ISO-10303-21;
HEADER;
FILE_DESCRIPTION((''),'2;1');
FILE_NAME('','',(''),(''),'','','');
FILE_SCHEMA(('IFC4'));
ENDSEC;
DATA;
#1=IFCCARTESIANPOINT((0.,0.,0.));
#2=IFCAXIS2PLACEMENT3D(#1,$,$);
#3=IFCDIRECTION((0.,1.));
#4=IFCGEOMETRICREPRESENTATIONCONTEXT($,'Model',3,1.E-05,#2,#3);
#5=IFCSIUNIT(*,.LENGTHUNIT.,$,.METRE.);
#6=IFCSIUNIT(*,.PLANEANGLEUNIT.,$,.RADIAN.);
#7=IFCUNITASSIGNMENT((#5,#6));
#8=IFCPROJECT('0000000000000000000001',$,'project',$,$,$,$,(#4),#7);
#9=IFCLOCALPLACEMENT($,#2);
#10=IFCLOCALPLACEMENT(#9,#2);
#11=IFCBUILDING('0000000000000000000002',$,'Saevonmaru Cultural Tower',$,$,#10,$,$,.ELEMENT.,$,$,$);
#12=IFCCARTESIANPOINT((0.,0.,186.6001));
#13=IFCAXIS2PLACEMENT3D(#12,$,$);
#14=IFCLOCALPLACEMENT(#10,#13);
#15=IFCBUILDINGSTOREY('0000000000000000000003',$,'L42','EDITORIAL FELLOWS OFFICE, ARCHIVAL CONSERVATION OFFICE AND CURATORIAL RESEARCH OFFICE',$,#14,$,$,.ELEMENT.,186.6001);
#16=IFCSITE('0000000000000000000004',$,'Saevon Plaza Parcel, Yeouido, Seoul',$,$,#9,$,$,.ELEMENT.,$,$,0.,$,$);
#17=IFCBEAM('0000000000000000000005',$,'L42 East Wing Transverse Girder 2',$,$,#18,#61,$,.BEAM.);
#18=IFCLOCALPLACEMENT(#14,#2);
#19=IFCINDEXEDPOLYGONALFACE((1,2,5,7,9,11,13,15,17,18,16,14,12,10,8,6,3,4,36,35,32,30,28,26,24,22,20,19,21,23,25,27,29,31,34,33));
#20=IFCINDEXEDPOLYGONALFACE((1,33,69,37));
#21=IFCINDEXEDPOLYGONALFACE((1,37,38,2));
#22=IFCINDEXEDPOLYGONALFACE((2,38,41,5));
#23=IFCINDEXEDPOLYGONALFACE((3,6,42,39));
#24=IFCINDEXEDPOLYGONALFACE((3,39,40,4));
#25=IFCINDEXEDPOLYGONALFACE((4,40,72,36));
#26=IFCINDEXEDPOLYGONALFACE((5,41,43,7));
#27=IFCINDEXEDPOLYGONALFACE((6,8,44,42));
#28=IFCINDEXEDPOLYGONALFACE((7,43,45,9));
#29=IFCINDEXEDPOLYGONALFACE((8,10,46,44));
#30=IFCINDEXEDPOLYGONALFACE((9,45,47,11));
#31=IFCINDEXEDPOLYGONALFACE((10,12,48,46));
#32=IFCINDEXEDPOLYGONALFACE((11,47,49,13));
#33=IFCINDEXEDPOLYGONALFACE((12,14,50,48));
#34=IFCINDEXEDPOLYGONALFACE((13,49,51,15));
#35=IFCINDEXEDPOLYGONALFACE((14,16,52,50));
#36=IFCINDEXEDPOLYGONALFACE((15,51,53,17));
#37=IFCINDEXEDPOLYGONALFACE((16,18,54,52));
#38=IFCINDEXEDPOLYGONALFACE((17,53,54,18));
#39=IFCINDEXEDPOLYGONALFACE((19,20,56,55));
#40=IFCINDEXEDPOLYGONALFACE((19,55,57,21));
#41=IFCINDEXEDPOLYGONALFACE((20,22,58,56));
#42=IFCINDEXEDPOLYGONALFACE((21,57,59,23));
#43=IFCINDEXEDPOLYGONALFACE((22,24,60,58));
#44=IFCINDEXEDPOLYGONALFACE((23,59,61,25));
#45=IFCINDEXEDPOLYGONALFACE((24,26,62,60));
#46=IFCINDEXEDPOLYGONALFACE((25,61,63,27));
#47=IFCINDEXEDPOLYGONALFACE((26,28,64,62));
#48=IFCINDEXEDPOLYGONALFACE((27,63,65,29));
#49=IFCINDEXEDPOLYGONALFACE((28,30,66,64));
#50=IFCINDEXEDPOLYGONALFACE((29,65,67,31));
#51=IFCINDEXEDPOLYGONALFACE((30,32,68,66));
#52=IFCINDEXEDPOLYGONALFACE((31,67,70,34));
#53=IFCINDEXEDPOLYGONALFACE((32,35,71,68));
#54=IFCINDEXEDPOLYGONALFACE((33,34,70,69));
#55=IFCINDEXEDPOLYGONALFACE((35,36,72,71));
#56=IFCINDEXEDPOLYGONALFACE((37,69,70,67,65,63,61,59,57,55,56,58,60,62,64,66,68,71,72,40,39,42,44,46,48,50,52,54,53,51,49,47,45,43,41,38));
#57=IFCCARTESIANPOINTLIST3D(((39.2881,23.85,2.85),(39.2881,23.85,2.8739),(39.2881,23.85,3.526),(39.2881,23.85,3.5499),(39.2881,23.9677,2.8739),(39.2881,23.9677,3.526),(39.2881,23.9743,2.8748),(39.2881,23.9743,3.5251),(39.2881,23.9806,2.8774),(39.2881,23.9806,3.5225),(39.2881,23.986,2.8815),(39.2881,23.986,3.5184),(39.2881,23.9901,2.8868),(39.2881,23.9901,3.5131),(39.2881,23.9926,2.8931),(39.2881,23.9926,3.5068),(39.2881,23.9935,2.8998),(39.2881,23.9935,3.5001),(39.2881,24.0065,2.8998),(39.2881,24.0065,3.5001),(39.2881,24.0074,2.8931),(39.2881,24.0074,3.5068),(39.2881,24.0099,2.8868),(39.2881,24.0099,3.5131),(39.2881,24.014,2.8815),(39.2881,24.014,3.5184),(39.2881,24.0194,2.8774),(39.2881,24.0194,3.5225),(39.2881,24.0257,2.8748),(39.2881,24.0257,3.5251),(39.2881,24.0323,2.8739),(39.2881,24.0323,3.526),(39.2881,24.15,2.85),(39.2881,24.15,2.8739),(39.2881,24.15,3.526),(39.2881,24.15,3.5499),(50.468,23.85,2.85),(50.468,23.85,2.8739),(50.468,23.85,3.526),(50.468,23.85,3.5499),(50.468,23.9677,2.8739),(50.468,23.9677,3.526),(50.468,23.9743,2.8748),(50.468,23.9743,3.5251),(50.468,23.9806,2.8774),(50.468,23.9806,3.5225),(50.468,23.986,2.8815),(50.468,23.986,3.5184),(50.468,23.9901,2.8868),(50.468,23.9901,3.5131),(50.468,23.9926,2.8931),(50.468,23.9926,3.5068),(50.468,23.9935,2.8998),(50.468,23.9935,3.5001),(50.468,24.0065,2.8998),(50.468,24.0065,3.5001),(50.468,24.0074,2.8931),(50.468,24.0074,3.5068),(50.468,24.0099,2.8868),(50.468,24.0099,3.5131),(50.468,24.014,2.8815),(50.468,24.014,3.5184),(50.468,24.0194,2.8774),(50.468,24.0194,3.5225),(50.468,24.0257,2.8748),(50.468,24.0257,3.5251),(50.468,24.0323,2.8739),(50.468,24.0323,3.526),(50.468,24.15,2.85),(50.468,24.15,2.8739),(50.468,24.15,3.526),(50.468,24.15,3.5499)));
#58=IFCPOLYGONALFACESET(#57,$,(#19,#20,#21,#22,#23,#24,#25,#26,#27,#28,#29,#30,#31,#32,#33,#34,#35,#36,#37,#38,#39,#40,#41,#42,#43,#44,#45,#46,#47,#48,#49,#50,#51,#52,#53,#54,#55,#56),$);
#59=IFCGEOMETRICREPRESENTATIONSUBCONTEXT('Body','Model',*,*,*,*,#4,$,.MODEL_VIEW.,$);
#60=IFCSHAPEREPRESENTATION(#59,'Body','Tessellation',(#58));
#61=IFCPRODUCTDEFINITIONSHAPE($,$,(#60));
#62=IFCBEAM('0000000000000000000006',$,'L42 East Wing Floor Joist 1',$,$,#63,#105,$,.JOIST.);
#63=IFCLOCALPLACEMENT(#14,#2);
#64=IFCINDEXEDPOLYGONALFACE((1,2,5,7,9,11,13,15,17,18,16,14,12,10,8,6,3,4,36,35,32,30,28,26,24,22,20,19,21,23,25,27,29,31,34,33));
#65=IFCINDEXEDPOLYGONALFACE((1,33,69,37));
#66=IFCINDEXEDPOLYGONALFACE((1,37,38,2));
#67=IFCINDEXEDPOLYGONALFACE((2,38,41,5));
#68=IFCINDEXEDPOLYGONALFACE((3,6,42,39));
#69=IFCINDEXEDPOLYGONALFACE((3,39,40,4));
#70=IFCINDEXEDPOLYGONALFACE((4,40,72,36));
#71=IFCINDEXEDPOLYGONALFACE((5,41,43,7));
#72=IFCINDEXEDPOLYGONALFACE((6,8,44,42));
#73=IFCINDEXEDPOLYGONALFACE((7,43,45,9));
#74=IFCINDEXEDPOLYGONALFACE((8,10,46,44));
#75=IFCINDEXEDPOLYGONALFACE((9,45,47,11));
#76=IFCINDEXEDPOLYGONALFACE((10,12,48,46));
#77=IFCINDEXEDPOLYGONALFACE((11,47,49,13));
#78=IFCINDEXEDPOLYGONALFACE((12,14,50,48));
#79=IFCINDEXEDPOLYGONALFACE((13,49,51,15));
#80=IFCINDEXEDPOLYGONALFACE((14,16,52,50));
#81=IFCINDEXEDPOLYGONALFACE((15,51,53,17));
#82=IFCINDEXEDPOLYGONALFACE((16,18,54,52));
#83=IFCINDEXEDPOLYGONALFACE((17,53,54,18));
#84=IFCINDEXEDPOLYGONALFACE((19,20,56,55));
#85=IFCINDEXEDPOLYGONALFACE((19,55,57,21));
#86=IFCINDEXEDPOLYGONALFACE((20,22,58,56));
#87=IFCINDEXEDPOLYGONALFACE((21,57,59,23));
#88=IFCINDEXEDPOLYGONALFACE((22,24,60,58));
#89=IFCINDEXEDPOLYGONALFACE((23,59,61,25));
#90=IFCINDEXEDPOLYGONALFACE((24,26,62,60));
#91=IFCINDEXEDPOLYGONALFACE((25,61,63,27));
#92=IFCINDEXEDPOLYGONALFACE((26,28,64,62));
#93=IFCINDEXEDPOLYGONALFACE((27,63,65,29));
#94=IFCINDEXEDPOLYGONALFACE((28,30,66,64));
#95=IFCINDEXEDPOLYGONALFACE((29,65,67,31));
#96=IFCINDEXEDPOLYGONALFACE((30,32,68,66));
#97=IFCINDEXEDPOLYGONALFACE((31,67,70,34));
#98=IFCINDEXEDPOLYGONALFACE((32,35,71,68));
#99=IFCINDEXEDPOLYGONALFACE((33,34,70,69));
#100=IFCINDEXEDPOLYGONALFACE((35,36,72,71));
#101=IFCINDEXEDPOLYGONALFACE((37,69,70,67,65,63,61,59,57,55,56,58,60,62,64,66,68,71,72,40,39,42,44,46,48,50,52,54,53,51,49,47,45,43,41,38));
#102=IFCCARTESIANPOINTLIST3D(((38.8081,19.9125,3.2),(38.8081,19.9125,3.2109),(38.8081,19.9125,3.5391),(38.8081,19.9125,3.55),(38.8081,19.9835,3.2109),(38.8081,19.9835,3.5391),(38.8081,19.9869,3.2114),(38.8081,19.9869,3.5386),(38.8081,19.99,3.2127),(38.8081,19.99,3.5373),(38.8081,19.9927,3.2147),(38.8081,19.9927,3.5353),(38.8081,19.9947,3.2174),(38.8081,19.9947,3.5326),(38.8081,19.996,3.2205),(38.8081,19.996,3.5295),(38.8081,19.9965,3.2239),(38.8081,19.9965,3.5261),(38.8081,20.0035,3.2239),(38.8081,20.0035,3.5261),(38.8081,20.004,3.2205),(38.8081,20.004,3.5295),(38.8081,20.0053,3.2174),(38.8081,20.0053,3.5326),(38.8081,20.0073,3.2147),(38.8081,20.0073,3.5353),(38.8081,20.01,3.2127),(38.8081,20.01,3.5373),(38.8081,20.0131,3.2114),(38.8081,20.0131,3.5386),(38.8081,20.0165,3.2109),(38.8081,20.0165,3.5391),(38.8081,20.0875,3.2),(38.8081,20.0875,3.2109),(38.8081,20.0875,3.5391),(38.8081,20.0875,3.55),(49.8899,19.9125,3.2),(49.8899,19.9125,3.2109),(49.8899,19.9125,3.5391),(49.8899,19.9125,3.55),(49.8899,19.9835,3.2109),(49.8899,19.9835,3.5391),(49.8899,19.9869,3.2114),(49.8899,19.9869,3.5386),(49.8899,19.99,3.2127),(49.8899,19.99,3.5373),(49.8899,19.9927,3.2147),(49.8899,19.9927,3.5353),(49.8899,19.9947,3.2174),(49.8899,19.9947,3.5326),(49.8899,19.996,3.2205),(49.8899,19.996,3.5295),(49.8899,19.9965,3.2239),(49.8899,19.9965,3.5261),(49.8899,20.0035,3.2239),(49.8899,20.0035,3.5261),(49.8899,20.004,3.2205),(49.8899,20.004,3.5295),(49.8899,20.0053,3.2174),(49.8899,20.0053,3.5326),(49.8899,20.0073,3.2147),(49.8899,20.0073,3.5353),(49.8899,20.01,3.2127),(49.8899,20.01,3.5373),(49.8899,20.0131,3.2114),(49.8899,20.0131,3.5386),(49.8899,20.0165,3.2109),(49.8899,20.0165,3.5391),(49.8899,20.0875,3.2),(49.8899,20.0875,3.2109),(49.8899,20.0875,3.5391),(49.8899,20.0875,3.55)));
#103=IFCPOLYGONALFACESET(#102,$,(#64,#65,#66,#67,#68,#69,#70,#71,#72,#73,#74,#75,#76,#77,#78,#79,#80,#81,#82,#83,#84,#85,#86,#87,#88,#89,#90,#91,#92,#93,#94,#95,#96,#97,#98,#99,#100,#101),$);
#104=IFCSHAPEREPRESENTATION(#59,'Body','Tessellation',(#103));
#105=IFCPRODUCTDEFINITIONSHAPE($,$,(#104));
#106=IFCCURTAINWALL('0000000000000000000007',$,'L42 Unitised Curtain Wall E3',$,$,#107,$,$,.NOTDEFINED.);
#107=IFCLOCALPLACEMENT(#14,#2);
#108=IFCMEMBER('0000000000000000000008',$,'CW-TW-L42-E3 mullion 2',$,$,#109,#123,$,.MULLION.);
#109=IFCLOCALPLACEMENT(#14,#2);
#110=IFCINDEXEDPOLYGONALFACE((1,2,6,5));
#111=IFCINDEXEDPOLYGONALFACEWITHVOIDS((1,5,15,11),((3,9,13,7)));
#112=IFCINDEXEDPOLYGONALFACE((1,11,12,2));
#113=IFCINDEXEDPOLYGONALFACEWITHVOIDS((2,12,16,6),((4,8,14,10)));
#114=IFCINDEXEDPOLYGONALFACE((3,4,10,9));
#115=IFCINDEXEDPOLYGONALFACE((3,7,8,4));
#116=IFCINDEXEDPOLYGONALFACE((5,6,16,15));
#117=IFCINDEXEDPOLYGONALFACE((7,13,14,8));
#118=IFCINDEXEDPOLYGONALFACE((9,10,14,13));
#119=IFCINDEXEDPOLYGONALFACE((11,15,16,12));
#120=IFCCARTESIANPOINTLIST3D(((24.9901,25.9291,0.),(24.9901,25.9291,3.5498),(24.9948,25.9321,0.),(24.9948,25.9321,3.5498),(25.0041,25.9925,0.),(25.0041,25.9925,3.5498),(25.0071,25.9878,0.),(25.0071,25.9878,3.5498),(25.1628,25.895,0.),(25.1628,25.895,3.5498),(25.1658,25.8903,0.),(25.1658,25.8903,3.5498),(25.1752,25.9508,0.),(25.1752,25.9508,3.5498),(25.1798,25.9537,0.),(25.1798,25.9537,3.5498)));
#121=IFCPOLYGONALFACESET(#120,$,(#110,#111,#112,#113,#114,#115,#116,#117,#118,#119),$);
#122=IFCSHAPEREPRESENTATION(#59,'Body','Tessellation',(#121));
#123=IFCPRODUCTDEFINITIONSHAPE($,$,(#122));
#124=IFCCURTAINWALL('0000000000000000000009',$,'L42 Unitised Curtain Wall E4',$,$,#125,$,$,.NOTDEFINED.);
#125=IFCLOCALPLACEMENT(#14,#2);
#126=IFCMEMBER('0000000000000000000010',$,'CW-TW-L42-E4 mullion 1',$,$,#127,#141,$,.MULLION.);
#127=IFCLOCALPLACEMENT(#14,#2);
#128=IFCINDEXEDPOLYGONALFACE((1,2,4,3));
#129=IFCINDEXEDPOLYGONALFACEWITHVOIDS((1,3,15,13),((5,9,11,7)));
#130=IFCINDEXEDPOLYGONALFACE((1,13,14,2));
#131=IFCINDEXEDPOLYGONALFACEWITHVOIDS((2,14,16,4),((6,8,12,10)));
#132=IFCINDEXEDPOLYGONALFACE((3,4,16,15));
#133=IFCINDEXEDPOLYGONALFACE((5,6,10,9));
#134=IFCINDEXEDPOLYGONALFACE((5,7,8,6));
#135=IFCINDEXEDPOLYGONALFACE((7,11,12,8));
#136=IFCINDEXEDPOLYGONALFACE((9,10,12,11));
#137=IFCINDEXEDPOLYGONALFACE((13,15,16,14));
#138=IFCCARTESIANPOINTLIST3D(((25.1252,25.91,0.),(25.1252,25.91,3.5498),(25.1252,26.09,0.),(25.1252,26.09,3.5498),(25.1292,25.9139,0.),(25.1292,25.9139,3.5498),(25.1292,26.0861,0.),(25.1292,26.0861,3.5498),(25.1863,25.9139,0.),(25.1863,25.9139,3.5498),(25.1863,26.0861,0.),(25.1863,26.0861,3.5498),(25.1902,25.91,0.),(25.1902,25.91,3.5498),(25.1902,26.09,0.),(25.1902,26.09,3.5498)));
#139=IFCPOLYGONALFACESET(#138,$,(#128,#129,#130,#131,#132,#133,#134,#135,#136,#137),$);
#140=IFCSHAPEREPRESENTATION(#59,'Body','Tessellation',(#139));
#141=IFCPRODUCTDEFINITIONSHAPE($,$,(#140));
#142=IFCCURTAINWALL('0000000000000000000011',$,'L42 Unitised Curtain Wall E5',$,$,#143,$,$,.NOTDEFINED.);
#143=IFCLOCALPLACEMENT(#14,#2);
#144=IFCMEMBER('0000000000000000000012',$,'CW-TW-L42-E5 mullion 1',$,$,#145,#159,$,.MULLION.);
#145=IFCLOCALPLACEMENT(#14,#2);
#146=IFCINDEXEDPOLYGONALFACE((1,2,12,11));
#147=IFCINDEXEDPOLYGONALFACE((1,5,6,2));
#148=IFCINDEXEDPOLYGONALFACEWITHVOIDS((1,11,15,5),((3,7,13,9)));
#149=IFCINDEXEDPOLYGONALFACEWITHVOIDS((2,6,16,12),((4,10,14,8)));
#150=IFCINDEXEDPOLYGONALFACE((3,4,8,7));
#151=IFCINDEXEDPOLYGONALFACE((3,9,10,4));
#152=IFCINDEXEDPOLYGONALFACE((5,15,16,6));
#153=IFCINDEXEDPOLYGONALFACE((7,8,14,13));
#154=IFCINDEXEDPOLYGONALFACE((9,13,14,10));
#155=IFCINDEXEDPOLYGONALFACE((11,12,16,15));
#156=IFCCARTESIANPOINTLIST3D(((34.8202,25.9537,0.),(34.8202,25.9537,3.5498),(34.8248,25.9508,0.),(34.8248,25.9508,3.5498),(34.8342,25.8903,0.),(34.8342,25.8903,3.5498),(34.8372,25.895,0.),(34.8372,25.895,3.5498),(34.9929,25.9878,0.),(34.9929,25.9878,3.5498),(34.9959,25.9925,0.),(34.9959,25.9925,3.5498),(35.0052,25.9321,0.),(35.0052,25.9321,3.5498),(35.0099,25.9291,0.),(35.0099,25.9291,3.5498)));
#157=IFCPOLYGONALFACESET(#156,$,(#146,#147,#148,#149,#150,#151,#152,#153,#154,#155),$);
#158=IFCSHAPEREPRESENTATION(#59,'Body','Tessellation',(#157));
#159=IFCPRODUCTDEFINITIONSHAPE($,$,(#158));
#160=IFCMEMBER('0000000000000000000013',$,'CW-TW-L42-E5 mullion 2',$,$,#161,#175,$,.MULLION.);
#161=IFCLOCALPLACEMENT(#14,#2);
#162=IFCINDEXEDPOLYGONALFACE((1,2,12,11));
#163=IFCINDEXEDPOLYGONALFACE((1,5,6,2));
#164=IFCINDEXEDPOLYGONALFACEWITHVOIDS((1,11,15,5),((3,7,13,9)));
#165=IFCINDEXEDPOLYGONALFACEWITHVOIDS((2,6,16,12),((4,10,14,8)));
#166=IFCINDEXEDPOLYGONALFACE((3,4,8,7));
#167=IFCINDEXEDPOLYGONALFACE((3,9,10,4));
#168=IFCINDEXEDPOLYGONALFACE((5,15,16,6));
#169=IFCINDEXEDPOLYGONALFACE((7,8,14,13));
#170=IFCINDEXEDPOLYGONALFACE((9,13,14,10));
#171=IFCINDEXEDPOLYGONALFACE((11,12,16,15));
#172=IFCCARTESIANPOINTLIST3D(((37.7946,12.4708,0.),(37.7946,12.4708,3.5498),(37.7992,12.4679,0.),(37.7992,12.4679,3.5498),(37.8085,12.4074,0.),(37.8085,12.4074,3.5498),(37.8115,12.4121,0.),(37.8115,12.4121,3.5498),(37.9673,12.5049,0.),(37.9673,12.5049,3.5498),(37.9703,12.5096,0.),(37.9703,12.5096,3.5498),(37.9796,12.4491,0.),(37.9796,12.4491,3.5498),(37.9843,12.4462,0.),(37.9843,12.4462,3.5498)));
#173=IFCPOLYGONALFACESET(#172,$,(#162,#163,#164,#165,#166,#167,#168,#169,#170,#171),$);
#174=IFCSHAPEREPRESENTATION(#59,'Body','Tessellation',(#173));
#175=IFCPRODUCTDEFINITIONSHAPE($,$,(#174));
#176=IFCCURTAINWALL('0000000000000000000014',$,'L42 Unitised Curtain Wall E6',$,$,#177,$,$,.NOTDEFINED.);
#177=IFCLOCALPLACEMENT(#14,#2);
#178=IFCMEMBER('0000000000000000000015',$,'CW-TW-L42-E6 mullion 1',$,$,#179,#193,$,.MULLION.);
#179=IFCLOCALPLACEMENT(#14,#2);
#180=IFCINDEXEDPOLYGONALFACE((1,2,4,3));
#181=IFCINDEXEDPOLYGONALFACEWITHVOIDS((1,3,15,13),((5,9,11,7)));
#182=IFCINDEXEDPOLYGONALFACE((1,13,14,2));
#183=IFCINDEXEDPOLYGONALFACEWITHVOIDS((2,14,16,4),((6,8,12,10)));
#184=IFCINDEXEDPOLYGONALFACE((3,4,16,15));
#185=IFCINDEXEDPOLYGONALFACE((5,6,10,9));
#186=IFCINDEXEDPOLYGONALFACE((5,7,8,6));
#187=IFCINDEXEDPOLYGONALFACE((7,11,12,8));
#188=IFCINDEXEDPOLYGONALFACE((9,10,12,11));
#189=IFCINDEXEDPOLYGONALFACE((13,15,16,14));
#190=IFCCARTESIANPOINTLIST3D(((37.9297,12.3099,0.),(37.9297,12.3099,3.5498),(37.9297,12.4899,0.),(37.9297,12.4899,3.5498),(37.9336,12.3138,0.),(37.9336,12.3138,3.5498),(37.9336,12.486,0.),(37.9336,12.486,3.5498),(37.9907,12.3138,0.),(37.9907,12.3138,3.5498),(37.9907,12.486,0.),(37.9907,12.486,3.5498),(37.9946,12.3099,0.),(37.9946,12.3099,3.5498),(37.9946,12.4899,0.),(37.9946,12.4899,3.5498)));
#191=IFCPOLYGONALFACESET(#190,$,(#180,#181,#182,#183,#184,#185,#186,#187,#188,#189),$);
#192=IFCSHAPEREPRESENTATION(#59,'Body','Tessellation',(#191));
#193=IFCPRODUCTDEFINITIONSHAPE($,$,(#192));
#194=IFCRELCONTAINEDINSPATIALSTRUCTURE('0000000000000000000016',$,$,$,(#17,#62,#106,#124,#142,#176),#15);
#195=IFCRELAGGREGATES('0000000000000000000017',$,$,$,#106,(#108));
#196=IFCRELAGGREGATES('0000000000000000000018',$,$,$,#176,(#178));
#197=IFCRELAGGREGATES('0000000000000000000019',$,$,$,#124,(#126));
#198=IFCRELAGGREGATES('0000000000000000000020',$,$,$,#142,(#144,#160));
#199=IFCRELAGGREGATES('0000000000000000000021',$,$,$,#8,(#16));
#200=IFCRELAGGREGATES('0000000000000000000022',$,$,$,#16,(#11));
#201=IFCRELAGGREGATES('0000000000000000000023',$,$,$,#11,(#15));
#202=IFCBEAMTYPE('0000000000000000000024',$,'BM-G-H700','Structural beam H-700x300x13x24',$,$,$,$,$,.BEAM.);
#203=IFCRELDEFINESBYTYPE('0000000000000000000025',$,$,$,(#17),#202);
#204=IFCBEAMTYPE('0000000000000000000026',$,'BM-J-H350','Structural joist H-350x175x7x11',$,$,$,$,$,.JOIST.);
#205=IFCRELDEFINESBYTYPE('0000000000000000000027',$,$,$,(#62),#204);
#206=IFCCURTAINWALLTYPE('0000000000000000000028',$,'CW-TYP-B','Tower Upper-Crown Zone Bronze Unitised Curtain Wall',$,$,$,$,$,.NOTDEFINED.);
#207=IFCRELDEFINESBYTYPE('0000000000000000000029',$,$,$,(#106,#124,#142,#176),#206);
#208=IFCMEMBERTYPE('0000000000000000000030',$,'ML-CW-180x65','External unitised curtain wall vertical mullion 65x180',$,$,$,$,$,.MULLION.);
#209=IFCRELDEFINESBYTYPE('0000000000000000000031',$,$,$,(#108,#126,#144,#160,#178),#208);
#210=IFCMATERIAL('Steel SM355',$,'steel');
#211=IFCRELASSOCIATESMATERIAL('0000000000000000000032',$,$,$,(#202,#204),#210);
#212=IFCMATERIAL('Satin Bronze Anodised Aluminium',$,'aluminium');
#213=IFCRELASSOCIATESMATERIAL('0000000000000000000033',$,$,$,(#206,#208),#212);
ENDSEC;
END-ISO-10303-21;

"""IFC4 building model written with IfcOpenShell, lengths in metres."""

from ifc_helpers import new_model, si_unit, direction, frame, origin, origin_2d, place, context, subcontext, project, spatial, hollow_rectangle, i_section, extrude, material, material_profile, profile_set, type_object, element, aggregate, save


model = new_model("IFC4")

# Units and contexts
model_context = context("Model", 3, precision=1e-05, world=origin(), true_north=direction((0.0, 1.0)))
body_context = subcontext(model_context, "Body", "Model", "MODEL_VIEW")
ifc_project = project(units=[si_unit("LENGTHUNIT", "METRE"), si_unit("PLANEANGLEUNIT", "RADIAN")], contexts=[model_context])

# Site, building, storey
site_placement = place(None, origin())
site = spatial("IfcSite", under=ifc_project, at=site_placement, Name="Saevon Plaza Parcel, Yeouido, Seoul", CompositionType="ELEMENT", RefElevation=0.0)
building_placement = place(site_placement, origin())
building = spatial("IfcBuilding", under=site, at=building_placement, Name="Saevonmaru Cultural Tower", CompositionType="ELEMENT")
storey_placement = place(building_placement, frame((0.0, 0.0, 186.6001)))
storey = spatial("IfcBuildingStorey", under=building, at=storey_placement, Name="L42", Description="EDITORIAL FELLOWS OFFICE, ARCHIVAL CONSERVATION OFFICE AND CURATORIAL RESEARCH OFFICE", CompositionType="ELEMENT", Elevation=186.6001)

# Shared definitions
ifc_material_1 = material(Name="Steel SM355", Category="steel")

# Beams
ifc_material_profile_1 = material_profile(ifc_material_1, i_section(OverallWidth=0.3, OverallDepth=0.7, WebThickness=0.0129, FlangeThickness=0.0239, FilletRadius=0.0259, at=origin_2d()), Name="H-700x300x13x24")
ifc_profile_set_1 = profile_set([ifc_material_profile_1], Name="Steel SM355")
beam_type_1 = type_object("IfcBeamType", Name="BM-G-H700", Description="Structural beam H-700x300x13x24", PredefinedType="BEAM", material=ifc_profile_set_1)
for number, where, z_axis, x_axis, name in (
    (1, (39.2881, 24.0, 3.2), (1.0, 0.0, 0.0), (0.0, 1.0, 0.0), "L42 East Wing Transverse Girder 2"),
):
    element("IfcBeam", number, at=place(storey_placement, frame(where, z_axis=z_axis, x_axis=x_axis)), inside=storey, type_object=beam_type_1, Name=name, PredefinedType="BEAM", context=body_context, shape_type="SweptSolid", body=[
        extrude(i_section(OverallWidth=0.3, OverallDepth=0.7, WebThickness=0.0129, FlangeThickness=0.0239, FilletRadius=0.0259, at=origin_2d()), origin(), (0.0, 0.0, 1.0), 11.1799),
    ])
ifc_material_profile_2 = material_profile(ifc_material_1, i_section(OverallWidth=0.175, OverallDepth=0.3501, WebThickness=0.0071, FlangeThickness=0.011, FilletRadius=0.0129, at=origin_2d()), Name="H-350x175x7x11")
ifc_profile_set_2 = profile_set([ifc_material_profile_2], Name="Steel SM355")
beam_type_2 = type_object("IfcBeamType", Name="BM-J-H350", Description="Structural joist H-350x175x7x11", PredefinedType="JOIST", material=ifc_profile_set_2)
beam_placement = place(storey_placement, frame((38.8081, 20.0, 3.375), z_axis=(1.0, 0.0, 0.0), x_axis=(0.0, 1.0, 0.0)))
element("IfcBeam", 2, at=beam_placement, inside=storey, type_object=beam_type_2, Name="L42 East Wing Floor Joist 1", PredefinedType="JOIST", context=body_context, shape_type="SweptSolid", body=[
    extrude(i_section(OverallWidth=0.175, OverallDepth=0.3501, WebThickness=0.0071, FlangeThickness=0.011, FilletRadius=0.0129, at=origin_2d()), origin(), (0.0, 0.0, 1.0), 11.0818),
])

# Curtain walls, members
ifc_material_2 = material(Name="Satin Bronze Anodised Aluminium", Category="aluminium")
curtain_wall_type = type_object("IfcCurtainWallType", Name="CW-TYP-B", Description="Tower Upper-Crown Zone Bronze Unitised Curtain Wall", PredefinedType="NOTDEFINED", material=ifc_material_2)
curtain_wall_1_placement = place(storey_placement, origin())
curtain_wall_1 = element("IfcCurtainWall", 3, at=curtain_wall_1_placement, inside=storey, type_object=curtain_wall_type, Name="L42 Unitised Curtain Wall E3", PredefinedType="NOTDEFINED")
ifc_material_profile_3 = material_profile(ifc_material_2, hollow_rectangle(XDim=0.0649, YDim=0.1799, WallThickness=0.0039, at=origin_2d()), Name="ALU-MULL-180x65x4")
ifc_profile_set_3 = profile_set([ifc_material_profile_3], Name="Satin Bronze Anodised Aluminium")
member_type_1 = type_object("IfcMemberType", Name="ML-CW-180x65", Description="External unitised curtain wall vertical mullion 65x180", PredefinedType="MULLION", material=ifc_profile_set_3)
member_1_placement = place(storey_placement, frame((25.085, 25.9414, 0.0), z_axis=(0.0, 0.0, 1.0), x_axis=(0.215413, 0.976523, 0.0)))
member_1 = element("IfcMember", 4, at=member_1_placement, type_object=member_type_1, Name="CW-TW-L42-E3 mullion 2", PredefinedType="MULLION", context=body_context, shape_type="SweptSolid", body=[
    extrude(hollow_rectangle(XDim=0.0649, YDim=0.1799, WallThickness=0.0039, at=origin_2d()), origin(), (0.0, 0.0, 1.0), 3.5498),
])
aggregate(curtain_wall_1, [member_1])
curtain_wall_2_placement = place(storey_placement, origin())
curtain_wall_2 = element("IfcCurtainWall", 5, at=curtain_wall_2_placement, inside=storey, type_object=curtain_wall_type, Name="L42 Unitised Curtain Wall E4", PredefinedType="NOTDEFINED")
member_2_placement = place(storey_placement, frame((25.1577, 26.0, 0.0), z_axis=(0.0, 0.0, 1.0), x_axis=(1.0, 0.0, 0.0)))
member_2 = element("IfcMember", 6, at=member_2_placement, type_object=member_type_1, Name="CW-TW-L42-E4 mullion 1", PredefinedType="MULLION", context=body_context, shape_type="SweptSolid", body=[
    extrude(hollow_rectangle(XDim=0.0649, YDim=0.1799, WallThickness=0.0039, at=origin_2d()), origin(), (0.0, 0.0, 1.0), 3.5498),
])

# Curtain wall, members
curtain_wall_3_placement = place(storey_placement, origin())
curtain_wall_3 = element("IfcCurtainWall", 7, at=curtain_wall_3_placement, inside=storey, type_object=curtain_wall_type, Name="L42 Unitised Curtain Wall E5", PredefinedType="NOTDEFINED")
member_3_placement = place(storey_placement, frame((34.915, 25.9414, 0.0), z_axis=(0.0, 0.0, 1.0), x_axis=(0.215413, -0.976523, 0.0)))
member_3 = element("IfcMember", 8, at=member_3_placement, type_object=member_type_1, Name="CW-TW-L42-E5 mullion 1", PredefinedType="MULLION", context=body_context, shape_type="SweptSolid", body=[
    extrude(hollow_rectangle(XDim=0.0649, YDim=0.1799, WallThickness=0.0039, at=origin_2d()), origin(), (0.0, 0.0, 1.0), 3.5498),
])
member_4_placement = place(storey_placement, frame((37.8894, 12.4585, 0.0), z_axis=(0.0, 0.0, 1.0), x_axis=(0.215413, -0.976523, 0.0)))
member_4 = element("IfcMember", 9, at=member_4_placement, type_object=member_type_1, Name="CW-TW-L42-E5 mullion 2", PredefinedType="MULLION", context=body_context, shape_type="SweptSolid", body=[
    extrude(hollow_rectangle(XDim=0.0649, YDim=0.1799, WallThickness=0.0039, at=origin_2d()), origin(), (0.0, 0.0, 1.0), 3.5498),
])

# Curtain wall, member
curtain_wall_4_placement = place(storey_placement, origin())
curtain_wall_4 = element("IfcCurtainWall", 10, at=curtain_wall_4_placement, inside=storey, type_object=curtain_wall_type, Name="L42 Unitised Curtain Wall E6", PredefinedType="NOTDEFINED")
member_5_placement = place(storey_placement, frame((37.9622, 12.3999, 0.0), z_axis=(0.0, 0.0, 1.0), x_axis=(1.0, 0.0, 0.0)))
member_5 = element("IfcMember", 11, at=member_5_placement, type_object=member_type_1, Name="CW-TW-L42-E6 mullion 1", PredefinedType="MULLION", context=body_context, shape_type="SweptSolid", body=[
    extrude(hollow_rectangle(XDim=0.0649, YDim=0.1799, WallThickness=0.0039, at=origin_2d()), origin(), (0.0, 0.0, 1.0), 3.5498),
])

aggregate(curtain_wall_4, [member_5])

aggregate(curtain_wall_2, [member_2])
aggregate(curtain_wall_3, [member_3, member_4])

save(model, "model.ifc")
